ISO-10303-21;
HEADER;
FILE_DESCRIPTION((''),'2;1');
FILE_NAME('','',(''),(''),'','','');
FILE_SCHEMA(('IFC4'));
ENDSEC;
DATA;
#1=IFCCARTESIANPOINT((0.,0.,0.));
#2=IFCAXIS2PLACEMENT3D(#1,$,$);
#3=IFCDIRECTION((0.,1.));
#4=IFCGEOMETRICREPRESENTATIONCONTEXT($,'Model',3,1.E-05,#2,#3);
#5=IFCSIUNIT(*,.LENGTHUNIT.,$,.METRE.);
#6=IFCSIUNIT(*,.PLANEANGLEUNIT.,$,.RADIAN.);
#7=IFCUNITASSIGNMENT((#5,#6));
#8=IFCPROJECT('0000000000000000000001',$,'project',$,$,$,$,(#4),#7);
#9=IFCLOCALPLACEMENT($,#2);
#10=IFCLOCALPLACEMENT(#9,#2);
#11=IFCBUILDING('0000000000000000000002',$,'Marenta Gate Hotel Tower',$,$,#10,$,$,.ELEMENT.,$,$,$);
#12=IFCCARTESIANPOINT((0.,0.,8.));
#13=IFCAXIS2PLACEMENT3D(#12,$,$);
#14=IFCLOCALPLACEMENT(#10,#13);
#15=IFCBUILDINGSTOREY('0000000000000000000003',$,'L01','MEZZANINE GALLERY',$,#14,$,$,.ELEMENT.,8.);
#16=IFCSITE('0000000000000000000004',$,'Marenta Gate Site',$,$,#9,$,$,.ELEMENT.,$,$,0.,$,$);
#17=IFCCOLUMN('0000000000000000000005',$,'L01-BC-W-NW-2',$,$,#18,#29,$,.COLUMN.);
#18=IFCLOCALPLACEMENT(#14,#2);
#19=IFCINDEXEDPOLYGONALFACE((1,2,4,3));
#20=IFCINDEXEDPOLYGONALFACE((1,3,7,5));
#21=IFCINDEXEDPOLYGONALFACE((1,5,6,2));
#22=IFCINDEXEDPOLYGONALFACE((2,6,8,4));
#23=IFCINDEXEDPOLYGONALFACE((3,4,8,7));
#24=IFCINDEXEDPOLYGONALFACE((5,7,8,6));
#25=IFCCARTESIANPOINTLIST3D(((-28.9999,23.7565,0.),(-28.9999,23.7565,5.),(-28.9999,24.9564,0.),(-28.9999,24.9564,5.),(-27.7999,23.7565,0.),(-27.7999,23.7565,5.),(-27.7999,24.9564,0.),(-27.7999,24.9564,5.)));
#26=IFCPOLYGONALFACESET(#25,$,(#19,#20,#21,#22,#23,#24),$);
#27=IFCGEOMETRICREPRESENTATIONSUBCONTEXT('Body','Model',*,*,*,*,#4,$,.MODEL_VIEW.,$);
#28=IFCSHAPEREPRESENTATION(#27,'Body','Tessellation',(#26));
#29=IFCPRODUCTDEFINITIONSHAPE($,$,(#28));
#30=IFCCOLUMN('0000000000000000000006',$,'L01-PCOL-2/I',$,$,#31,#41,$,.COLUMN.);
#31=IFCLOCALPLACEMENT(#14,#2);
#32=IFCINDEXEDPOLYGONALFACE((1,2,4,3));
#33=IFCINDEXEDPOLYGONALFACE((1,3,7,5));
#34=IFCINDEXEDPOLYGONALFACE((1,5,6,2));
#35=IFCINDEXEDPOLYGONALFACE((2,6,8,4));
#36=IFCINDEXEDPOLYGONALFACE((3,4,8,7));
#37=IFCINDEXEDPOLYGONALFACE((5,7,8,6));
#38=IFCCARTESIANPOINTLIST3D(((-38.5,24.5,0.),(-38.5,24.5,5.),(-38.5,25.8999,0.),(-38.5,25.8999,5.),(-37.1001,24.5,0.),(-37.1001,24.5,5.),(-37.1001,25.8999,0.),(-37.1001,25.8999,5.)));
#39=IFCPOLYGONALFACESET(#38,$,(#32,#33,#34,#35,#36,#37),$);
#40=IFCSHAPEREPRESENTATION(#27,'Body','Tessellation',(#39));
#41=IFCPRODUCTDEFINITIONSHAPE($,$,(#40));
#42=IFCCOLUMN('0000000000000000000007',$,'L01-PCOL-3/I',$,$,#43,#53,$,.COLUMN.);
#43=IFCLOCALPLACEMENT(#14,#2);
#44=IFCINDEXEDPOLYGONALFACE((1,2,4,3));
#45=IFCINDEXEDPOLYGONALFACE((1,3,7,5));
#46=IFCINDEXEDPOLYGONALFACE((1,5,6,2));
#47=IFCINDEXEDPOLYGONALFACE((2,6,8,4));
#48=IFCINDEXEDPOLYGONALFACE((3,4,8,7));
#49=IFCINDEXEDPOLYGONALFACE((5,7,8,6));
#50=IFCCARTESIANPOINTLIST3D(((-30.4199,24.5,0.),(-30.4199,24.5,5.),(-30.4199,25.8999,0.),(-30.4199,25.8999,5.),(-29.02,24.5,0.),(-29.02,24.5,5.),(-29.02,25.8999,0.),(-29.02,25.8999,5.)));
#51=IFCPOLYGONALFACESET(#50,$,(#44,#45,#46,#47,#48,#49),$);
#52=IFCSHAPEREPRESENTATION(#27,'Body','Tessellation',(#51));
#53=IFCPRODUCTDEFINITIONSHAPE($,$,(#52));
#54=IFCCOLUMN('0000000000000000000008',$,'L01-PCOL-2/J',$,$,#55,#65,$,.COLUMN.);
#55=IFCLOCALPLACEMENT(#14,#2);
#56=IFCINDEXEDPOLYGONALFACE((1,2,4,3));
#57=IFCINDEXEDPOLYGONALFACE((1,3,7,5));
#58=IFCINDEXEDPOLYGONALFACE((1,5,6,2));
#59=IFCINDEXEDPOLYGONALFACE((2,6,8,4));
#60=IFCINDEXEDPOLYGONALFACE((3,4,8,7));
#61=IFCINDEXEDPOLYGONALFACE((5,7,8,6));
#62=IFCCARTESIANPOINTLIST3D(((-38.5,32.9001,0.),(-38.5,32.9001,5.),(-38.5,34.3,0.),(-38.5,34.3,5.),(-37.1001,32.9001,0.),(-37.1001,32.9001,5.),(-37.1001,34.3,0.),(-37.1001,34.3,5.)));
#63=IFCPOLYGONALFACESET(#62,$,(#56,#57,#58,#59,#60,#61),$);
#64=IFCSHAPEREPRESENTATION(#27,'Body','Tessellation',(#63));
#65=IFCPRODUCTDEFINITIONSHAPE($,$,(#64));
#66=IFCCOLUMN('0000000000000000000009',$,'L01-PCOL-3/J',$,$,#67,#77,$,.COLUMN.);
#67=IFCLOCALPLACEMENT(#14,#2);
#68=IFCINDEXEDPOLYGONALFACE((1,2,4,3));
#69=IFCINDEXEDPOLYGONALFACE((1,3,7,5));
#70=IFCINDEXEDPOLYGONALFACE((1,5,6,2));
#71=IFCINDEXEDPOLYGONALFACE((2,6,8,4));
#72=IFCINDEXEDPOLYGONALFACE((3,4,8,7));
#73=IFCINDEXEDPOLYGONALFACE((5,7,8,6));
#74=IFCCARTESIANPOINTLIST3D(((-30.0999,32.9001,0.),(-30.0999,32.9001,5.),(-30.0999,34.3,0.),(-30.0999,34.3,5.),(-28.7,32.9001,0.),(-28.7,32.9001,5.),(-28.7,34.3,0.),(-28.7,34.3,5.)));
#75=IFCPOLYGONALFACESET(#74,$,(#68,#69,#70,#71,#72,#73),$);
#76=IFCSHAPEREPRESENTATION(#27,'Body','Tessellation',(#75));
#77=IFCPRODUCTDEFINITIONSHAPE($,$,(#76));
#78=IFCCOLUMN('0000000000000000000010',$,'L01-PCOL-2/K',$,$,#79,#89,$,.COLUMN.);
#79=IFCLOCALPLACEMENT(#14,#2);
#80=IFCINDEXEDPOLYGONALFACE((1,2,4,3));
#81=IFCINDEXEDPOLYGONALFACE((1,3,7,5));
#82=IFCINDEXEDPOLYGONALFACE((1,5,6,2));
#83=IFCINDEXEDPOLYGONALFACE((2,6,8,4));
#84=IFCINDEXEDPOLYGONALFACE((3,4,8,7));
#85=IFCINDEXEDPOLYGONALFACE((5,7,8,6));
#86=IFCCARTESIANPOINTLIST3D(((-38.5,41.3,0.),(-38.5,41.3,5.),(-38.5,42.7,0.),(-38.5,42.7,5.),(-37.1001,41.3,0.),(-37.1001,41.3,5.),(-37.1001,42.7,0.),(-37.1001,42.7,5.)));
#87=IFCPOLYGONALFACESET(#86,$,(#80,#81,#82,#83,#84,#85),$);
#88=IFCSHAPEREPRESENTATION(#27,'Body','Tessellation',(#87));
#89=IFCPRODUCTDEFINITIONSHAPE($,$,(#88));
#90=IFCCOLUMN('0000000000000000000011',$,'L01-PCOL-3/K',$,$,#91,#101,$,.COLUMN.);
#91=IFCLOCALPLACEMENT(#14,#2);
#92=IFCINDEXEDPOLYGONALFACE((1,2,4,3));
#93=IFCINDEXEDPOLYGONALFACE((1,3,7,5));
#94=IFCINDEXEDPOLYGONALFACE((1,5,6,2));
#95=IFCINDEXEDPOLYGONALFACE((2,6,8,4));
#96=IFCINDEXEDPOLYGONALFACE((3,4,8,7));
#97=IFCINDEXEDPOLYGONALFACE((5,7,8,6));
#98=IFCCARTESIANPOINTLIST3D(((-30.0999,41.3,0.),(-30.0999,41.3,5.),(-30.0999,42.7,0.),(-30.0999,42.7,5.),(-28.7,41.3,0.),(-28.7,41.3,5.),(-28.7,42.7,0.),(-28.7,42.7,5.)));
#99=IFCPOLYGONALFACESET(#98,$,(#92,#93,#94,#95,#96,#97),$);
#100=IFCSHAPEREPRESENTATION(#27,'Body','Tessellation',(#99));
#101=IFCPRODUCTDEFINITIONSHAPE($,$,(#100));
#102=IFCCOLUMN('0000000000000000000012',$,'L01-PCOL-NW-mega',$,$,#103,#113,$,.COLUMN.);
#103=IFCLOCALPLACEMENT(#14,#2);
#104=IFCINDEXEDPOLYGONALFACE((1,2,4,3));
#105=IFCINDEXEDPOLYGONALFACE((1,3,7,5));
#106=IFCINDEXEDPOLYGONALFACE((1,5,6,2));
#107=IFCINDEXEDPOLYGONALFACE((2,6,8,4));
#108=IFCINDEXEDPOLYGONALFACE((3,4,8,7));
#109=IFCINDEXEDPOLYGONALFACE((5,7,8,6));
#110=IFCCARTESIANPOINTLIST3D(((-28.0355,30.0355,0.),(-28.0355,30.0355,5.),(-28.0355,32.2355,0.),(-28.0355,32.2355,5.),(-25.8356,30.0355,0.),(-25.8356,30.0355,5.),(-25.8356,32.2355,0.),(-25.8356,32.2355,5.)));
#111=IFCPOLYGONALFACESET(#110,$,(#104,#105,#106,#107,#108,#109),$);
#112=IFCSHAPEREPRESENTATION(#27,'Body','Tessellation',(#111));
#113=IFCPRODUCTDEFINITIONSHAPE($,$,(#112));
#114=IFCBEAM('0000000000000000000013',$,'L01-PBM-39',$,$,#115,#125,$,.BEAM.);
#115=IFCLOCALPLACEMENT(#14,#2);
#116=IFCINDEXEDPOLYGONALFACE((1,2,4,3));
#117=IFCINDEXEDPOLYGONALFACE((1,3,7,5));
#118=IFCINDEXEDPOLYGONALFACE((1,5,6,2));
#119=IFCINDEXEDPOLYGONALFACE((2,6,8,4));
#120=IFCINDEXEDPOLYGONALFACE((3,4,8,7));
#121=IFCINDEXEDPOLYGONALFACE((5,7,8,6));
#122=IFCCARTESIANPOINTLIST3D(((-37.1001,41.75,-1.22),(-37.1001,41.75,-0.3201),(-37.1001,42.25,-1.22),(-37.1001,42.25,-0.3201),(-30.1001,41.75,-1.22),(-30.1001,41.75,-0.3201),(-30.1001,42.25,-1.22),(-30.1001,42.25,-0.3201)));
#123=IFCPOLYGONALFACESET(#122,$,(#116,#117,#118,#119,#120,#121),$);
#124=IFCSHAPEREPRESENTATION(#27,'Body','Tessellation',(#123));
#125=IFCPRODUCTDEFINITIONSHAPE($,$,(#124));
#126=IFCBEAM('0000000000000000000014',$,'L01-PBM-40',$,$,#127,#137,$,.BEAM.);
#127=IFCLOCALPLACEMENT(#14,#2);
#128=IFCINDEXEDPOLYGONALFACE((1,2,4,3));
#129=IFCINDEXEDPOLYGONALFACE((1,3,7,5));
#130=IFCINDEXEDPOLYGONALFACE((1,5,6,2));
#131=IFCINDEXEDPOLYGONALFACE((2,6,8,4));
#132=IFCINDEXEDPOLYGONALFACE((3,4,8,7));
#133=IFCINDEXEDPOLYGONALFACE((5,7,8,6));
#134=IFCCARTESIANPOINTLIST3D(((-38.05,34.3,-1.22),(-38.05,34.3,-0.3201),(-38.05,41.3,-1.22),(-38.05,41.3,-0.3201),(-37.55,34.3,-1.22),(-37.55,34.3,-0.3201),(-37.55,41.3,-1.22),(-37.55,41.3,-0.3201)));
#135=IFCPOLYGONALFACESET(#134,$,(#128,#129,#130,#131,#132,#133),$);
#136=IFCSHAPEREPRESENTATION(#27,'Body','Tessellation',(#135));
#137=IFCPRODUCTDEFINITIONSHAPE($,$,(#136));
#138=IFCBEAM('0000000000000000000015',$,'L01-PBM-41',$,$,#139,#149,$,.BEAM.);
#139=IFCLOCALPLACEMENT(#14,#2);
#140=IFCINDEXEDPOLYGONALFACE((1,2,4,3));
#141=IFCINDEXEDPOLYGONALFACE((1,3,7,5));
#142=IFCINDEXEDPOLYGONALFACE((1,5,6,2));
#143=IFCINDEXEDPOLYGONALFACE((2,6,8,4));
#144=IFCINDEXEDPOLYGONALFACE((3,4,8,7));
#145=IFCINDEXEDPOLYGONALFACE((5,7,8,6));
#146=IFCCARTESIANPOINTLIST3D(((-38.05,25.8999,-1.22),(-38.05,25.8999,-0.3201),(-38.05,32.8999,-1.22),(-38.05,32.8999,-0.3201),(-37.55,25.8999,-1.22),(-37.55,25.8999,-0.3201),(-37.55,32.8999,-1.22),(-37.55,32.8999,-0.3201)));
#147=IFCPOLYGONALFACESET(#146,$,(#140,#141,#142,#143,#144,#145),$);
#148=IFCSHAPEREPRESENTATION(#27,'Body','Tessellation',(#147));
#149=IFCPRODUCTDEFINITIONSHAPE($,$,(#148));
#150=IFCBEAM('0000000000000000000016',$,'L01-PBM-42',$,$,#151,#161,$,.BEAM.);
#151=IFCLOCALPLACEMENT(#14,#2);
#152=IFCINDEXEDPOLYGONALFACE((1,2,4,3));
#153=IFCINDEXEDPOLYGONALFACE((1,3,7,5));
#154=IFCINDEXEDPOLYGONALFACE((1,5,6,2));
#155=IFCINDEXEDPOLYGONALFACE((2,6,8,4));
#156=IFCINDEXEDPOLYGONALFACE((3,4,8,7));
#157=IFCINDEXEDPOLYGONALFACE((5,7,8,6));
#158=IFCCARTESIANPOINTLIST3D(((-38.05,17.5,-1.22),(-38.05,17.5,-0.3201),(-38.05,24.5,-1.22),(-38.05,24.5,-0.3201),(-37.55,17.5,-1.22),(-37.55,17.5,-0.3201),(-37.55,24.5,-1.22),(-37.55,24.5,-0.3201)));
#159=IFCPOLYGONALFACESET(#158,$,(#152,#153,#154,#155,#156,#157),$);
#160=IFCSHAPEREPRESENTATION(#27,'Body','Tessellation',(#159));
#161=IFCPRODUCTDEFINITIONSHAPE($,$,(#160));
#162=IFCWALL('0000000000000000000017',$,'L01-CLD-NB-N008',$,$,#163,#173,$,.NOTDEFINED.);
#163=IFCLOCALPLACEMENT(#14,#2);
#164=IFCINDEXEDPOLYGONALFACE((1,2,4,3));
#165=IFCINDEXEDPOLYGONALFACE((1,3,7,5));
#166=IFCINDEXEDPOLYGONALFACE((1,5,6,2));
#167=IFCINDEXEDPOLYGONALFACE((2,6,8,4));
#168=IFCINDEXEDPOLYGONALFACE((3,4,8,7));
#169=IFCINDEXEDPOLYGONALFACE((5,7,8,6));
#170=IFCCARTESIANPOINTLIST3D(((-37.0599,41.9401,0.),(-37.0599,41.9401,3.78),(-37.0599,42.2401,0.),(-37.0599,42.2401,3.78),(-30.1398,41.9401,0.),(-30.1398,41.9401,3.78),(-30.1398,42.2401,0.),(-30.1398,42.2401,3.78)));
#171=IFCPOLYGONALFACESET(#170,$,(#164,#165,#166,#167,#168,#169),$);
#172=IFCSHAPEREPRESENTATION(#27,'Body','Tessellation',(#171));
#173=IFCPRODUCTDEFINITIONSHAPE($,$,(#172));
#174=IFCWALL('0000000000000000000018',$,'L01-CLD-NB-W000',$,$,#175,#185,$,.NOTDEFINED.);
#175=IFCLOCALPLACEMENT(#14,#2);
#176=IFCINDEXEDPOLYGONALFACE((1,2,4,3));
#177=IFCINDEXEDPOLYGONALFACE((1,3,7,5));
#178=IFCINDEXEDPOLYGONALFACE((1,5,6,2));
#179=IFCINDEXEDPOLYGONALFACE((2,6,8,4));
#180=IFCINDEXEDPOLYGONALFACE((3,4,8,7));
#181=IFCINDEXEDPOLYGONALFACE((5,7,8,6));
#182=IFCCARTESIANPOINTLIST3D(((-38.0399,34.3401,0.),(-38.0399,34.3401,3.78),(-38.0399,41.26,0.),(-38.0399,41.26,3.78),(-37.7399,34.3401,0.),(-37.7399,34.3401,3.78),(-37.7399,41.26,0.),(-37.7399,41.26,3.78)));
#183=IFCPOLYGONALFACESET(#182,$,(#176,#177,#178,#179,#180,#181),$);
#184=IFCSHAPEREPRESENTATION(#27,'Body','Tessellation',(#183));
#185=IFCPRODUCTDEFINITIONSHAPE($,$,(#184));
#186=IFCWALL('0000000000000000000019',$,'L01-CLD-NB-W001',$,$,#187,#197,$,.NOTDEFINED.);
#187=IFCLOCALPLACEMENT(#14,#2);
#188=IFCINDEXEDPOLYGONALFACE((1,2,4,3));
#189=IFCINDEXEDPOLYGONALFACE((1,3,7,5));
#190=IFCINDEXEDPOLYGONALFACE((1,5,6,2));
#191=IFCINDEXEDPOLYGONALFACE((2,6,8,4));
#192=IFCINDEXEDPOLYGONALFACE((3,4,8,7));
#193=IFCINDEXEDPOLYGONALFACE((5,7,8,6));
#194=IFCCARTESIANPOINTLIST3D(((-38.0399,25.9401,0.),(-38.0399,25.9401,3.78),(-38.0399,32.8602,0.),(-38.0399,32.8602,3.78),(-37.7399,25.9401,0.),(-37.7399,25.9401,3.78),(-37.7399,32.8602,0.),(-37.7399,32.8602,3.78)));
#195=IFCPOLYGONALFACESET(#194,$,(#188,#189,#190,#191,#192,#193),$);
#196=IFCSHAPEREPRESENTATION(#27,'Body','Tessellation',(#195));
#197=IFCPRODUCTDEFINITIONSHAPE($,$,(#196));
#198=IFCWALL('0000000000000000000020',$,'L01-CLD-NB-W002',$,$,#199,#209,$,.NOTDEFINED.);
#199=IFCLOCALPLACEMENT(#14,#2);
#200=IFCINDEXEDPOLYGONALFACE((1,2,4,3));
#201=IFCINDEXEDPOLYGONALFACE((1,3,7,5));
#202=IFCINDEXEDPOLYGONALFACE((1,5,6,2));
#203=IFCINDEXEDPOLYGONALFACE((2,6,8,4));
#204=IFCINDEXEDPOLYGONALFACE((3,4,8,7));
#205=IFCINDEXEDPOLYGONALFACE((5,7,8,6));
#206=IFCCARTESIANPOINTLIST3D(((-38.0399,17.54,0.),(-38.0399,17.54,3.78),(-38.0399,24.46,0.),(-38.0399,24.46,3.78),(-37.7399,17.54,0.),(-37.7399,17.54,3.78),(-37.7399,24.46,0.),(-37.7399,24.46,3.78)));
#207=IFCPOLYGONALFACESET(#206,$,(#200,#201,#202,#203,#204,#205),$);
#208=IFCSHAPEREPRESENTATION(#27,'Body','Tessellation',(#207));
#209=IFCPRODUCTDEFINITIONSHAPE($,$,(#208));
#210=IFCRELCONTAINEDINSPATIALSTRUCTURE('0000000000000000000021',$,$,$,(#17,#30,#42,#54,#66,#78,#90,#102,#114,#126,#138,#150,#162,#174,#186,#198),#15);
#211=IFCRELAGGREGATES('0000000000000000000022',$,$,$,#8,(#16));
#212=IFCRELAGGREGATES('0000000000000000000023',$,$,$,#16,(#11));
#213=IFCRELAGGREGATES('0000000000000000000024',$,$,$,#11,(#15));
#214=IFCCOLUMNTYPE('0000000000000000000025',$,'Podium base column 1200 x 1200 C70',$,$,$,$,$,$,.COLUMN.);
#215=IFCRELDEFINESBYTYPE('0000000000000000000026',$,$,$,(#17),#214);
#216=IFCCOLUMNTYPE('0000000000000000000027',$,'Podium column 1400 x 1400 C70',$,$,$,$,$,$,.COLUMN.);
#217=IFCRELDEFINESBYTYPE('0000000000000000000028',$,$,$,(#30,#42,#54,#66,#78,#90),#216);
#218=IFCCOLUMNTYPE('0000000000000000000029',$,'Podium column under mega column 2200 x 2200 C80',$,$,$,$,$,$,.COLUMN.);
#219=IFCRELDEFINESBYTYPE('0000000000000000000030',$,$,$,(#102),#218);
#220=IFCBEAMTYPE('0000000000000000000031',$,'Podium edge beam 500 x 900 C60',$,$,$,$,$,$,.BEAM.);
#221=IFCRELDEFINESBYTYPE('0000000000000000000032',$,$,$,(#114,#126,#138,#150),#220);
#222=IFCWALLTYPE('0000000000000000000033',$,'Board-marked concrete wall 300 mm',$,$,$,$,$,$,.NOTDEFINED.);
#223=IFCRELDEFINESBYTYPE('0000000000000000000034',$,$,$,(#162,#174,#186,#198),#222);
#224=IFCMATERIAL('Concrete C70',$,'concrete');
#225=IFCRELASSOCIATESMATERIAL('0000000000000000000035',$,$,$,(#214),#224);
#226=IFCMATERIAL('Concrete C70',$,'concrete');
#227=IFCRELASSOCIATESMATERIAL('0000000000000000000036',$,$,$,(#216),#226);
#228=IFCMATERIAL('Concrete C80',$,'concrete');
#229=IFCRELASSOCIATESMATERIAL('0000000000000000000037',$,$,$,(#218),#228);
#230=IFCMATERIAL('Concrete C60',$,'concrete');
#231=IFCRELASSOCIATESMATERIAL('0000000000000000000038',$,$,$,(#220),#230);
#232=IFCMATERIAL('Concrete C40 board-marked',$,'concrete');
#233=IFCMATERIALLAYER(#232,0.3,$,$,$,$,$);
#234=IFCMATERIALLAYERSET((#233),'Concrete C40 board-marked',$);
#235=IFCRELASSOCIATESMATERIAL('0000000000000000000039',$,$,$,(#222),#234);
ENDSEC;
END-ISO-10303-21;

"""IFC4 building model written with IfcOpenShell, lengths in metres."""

from ifc_helpers import new_model, si_unit, direction, frame, frame_2d, origin, origin_2d, place, context, subcontext, project, spatial, rectangle, extrude, material, layer, layer_set, material_profile, profile_set, type_object, element, save


model = new_model("IFC4")

# Units and contexts
model_context = context("Model", 3, precision=1e-05, world=origin(), true_north=direction((0.0, 1.0)))
body_context = subcontext(model_context, "Body", "Model", "MODEL_VIEW")
ifc_project = project(units=[si_unit("LENGTHUNIT", "METRE"), si_unit("PLANEANGLEUNIT", "RADIAN")], contexts=[model_context])

# Site, building, storey
site_placement = place(None, origin())
site = spatial("IfcSite", under=ifc_project, at=site_placement, Name="Marenta Gate Site", CompositionType="ELEMENT", RefElevation=0.0)
building_placement = place(site_placement, origin())
building = spatial("IfcBuilding", under=site, at=building_placement, Name="Marenta Gate Hotel Tower", CompositionType="ELEMENT")
storey_placement = place(building_placement, frame((0.0, 0.0, 8.0)))
storey = spatial("IfcBuildingStorey", under=building, at=storey_placement, Name="L01", Description="MEZZANINE GALLERY", CompositionType="ELEMENT", Elevation=8.0)

# Columns
ifc_material_1 = material(Name="Concrete C70", Category="concrete")
ifc_material_profile_1 = material_profile(ifc_material_1, rectangle(XDim=1.2, YDim=1.2, at=origin_2d()), Name="1200 x 1200")
ifc_profile_set_1 = profile_set([ifc_material_profile_1], Name="Concrete C70")
column_type_1 = type_object("IfcColumnType", Name="Podium base column 1200 x 1200 C70", PredefinedType="COLUMN", material=ifc_profile_set_1)
column_1_placement = place(storey_placement, frame((-28.3999, 24.3564, 0.0), z_axis=(0.0, 0.0, 1.0), x_axis=(1.0, 0.0, 0.0)))
element("IfcColumn", 1, at=column_1_placement, inside=storey, type_object=column_type_1, Name="L01-BC-W-NW-2", PredefinedType="COLUMN", context=body_context, shape_type="SweptSolid", body=[
    extrude(rectangle(XDim=1.2, YDim=1.2, at=origin_2d()), origin(), (0.0, 0.0, 1.0), 5.0),
])
ifc_material_2 = material(Name="Concrete C70", Category="concrete")
ifc_material_profile_2 = material_profile(ifc_material_2, rectangle(XDim=1.3999, YDim=1.3999, at=origin_2d()), Name="1400 x 1400")
ifc_profile_set_2 = profile_set([ifc_material_profile_2], Name="Concrete C70")
column_type_2 = type_object("IfcColumnType", Name="Podium column 1400 x 1400 C70", PredefinedType="COLUMN", material=ifc_profile_set_2)
for number, where, z_axis, x_axis, name in (
    (2, (-37.8, 25.2, 0.0), (0.0, 0.0, 1.0), (1.0, 0.0, 0.0), "L01-PCOL-2/I"),
    (3, (-29.72, 25.2, 0.0), (0.0, 0.0, 1.0), (1.0, 0.0, 0.0), "L01-PCOL-3/I"),
    (4, (-37.8, 33.6001, 0.0), (0.0, 0.0, 1.0), (1.0, 0.0, 0.0), "L01-PCOL-2/J"),
    (5, (-29.3999, 33.6001, 0.0), (0.0, 0.0, 1.0), (1.0, 0.0, 0.0), "L01-PCOL-3/J"),
    (6, (-37.8, 42.0, 0.0), (0.0, 0.0, 1.0), (1.0, 0.0, 0.0), "L01-PCOL-2/K"),
    (7, (-29.3999, 42.0, 0.0), (0.0, 0.0, 1.0), (1.0, 0.0, 0.0), "L01-PCOL-3/K"),
):
    element("IfcColumn", number, at=place(storey_placement, frame(where, z_axis=z_axis, x_axis=x_axis)), inside=storey, type_object=column_type_2, Name=name, PredefinedType="COLUMN", context=body_context, shape_type="SweptSolid", body=[
        extrude(rectangle(XDim=1.3999, YDim=1.3999, at=origin_2d()), origin(), (0.0, 0.0, 1.0), 5.0),
    ])
ifc_material_3 = material(Name="Concrete C80", Category="concrete")
ifc_material_profile_3 = material_profile(ifc_material_3, rectangle(XDim=2.2, YDim=2.2, at=origin_2d()), Name="2200 x 2200")
ifc_profile_set_3 = profile_set([ifc_material_profile_3], Name="Concrete C80")
column_type_3 = type_object("IfcColumnType", Name="Podium column under mega column 2200 x 2200 C80", PredefinedType="COLUMN", material=ifc_profile_set_3)
column_2_placement = place(storey_placement, frame((-26.9355, 31.1355, 0.0), z_axis=(0.0, 0.0, 1.0), x_axis=(1.0, 0.0, 0.0)))
element("IfcColumn", 8, at=column_2_placement, inside=storey, type_object=column_type_3, Name="L01-PCOL-NW-mega", PredefinedType="COLUMN", context=body_context, shape_type="SweptSolid", body=[
    extrude(rectangle(XDim=2.2, YDim=2.2, at=origin_2d()), origin(), (0.0, 0.0, 1.0), 5.0),
])

# Beams
ifc_material_4 = material(Name="Concrete C60", Category="concrete")
ifc_material_profile_4 = material_profile(ifc_material_4, rectangle(XDim=0.5, YDim=0.8999, at=origin_2d()), Name="500 x 900")
ifc_profile_set_4 = profile_set([ifc_material_profile_4], Name="Concrete C60")
beam_type = type_object("IfcBeamType", Name="Podium edge beam 500 x 900 C60", PredefinedType="BEAM", material=ifc_profile_set_4)
for number, where, z_axis, x_axis, name in (
    (9, (-30.1001, 42.0, -0.77), (-1.0, 0.0, 0.0), (0.0, -1.0, 0.0), "L01-PBM-39"),
    (10, (-37.8, 41.3, -0.77), (0.0, -1.0, 0.0), (1.0, 0.0, 0.0), "L01-PBM-40"),
    (11, (-37.8, 32.8999, -0.77), (0.0, -1.0, 0.0), (1.0, 0.0, 0.0), "L01-PBM-41"),
    (12, (-37.8, 24.5, -0.77), (0.0, -1.0, 0.0), (1.0, 0.0, 0.0), "L01-PBM-42"),
):
    element("IfcBeam", number, at=place(storey_placement, frame(where, z_axis=z_axis, x_axis=x_axis)), inside=storey, type_object=beam_type, Name=name, PredefinedType="BEAM", context=body_context, shape_type="SweptSolid", body=[
        extrude(rectangle(XDim=0.5, YDim=0.8999, at=origin_2d()), origin(), (0.0, 0.0, 1.0), 7.0),
    ])

# Walls
ifc_material_5 = material(Name="Concrete C40 board-marked", Category="concrete")
ifc_layer_1 = layer(ifc_material_5, 0.3)
ifc_layer_set_1 = layer_set([ifc_layer_1], Name="Concrete C40 board-marked")
wall_type_1 = type_object("IfcWallType", Name="Board-marked concrete wall 300 mm", PredefinedType="NOTDEFINED", material=ifc_layer_set_1)
wall_1_placement = place(storey_placement, frame((-30.1399, 42.0901, 0.0), z_axis=(0.0, 0.0, 1.0), x_axis=(-1.0, 0.0, 0.0)))
element("IfcWall", 13, at=wall_1_placement, inside=storey, type_object=wall_type_1, Name="L01-CLD-NB-N008", PredefinedType="NOTDEFINED", context=body_context, shape_type="SweptSolid", body=[
    extrude(rectangle(XDim=6.9202, YDim=0.3, at=frame_2d((3.46, 0.0))), origin(), (0.0, 0.0, 1.0), 3.78),
])
wall_2_placement = place(storey_placement, frame((-37.8899, 41.26, 0.0), z_axis=(0.0, 0.0, 1.0), x_axis=(0.0, -1.0, 0.0)))
element("IfcWall", 14, at=wall_2_placement, inside=storey, type_object=wall_type_1, Name="L01-CLD-NB-W000", PredefinedType="NOTDEFINED", context=body_context, shape_type="SweptSolid", body=[
    extrude(rectangle(XDim=6.9199, YDim=0.3, at=frame_2d((3.46, 0.0))), origin(), (0.0, 0.0, 1.0), 3.78),
])
wall_3_placement = place(storey_placement, frame((-37.8899, 32.8601, 0.0), z_axis=(0.0, 0.0, 1.0), x_axis=(0.0, -1.0, 0.0)))
element("IfcWall", 15, at=wall_3_placement, inside=storey, type_object=wall_type_1, Name="L01-CLD-NB-W001", PredefinedType="NOTDEFINED", context=body_context, shape_type="SweptSolid", body=[
    extrude(rectangle(XDim=6.9202, YDim=0.3, at=frame_2d((3.46, 0.0))), origin(), (0.0, 0.0, 1.0), 3.78),
])
wall_4_placement = place(storey_placement, frame((-37.8899, 24.46, 0.0), z_axis=(0.0, 0.0, 1.0), x_axis=(0.0, -1.0, 0.0)))
element("IfcWall", 16, at=wall_4_placement, inside=storey, type_object=wall_type_1, Name="L01-CLD-NB-W002", PredefinedType="NOTDEFINED", context=body_context, shape_type="SweptSolid", body=[
    extrude(rectangle(XDim=6.9199, YDim=0.3, at=frame_2d((3.46, 0.0))), origin(), (0.0, 0.0, 1.0), 3.78),
])

save(model, "model.ifc")
